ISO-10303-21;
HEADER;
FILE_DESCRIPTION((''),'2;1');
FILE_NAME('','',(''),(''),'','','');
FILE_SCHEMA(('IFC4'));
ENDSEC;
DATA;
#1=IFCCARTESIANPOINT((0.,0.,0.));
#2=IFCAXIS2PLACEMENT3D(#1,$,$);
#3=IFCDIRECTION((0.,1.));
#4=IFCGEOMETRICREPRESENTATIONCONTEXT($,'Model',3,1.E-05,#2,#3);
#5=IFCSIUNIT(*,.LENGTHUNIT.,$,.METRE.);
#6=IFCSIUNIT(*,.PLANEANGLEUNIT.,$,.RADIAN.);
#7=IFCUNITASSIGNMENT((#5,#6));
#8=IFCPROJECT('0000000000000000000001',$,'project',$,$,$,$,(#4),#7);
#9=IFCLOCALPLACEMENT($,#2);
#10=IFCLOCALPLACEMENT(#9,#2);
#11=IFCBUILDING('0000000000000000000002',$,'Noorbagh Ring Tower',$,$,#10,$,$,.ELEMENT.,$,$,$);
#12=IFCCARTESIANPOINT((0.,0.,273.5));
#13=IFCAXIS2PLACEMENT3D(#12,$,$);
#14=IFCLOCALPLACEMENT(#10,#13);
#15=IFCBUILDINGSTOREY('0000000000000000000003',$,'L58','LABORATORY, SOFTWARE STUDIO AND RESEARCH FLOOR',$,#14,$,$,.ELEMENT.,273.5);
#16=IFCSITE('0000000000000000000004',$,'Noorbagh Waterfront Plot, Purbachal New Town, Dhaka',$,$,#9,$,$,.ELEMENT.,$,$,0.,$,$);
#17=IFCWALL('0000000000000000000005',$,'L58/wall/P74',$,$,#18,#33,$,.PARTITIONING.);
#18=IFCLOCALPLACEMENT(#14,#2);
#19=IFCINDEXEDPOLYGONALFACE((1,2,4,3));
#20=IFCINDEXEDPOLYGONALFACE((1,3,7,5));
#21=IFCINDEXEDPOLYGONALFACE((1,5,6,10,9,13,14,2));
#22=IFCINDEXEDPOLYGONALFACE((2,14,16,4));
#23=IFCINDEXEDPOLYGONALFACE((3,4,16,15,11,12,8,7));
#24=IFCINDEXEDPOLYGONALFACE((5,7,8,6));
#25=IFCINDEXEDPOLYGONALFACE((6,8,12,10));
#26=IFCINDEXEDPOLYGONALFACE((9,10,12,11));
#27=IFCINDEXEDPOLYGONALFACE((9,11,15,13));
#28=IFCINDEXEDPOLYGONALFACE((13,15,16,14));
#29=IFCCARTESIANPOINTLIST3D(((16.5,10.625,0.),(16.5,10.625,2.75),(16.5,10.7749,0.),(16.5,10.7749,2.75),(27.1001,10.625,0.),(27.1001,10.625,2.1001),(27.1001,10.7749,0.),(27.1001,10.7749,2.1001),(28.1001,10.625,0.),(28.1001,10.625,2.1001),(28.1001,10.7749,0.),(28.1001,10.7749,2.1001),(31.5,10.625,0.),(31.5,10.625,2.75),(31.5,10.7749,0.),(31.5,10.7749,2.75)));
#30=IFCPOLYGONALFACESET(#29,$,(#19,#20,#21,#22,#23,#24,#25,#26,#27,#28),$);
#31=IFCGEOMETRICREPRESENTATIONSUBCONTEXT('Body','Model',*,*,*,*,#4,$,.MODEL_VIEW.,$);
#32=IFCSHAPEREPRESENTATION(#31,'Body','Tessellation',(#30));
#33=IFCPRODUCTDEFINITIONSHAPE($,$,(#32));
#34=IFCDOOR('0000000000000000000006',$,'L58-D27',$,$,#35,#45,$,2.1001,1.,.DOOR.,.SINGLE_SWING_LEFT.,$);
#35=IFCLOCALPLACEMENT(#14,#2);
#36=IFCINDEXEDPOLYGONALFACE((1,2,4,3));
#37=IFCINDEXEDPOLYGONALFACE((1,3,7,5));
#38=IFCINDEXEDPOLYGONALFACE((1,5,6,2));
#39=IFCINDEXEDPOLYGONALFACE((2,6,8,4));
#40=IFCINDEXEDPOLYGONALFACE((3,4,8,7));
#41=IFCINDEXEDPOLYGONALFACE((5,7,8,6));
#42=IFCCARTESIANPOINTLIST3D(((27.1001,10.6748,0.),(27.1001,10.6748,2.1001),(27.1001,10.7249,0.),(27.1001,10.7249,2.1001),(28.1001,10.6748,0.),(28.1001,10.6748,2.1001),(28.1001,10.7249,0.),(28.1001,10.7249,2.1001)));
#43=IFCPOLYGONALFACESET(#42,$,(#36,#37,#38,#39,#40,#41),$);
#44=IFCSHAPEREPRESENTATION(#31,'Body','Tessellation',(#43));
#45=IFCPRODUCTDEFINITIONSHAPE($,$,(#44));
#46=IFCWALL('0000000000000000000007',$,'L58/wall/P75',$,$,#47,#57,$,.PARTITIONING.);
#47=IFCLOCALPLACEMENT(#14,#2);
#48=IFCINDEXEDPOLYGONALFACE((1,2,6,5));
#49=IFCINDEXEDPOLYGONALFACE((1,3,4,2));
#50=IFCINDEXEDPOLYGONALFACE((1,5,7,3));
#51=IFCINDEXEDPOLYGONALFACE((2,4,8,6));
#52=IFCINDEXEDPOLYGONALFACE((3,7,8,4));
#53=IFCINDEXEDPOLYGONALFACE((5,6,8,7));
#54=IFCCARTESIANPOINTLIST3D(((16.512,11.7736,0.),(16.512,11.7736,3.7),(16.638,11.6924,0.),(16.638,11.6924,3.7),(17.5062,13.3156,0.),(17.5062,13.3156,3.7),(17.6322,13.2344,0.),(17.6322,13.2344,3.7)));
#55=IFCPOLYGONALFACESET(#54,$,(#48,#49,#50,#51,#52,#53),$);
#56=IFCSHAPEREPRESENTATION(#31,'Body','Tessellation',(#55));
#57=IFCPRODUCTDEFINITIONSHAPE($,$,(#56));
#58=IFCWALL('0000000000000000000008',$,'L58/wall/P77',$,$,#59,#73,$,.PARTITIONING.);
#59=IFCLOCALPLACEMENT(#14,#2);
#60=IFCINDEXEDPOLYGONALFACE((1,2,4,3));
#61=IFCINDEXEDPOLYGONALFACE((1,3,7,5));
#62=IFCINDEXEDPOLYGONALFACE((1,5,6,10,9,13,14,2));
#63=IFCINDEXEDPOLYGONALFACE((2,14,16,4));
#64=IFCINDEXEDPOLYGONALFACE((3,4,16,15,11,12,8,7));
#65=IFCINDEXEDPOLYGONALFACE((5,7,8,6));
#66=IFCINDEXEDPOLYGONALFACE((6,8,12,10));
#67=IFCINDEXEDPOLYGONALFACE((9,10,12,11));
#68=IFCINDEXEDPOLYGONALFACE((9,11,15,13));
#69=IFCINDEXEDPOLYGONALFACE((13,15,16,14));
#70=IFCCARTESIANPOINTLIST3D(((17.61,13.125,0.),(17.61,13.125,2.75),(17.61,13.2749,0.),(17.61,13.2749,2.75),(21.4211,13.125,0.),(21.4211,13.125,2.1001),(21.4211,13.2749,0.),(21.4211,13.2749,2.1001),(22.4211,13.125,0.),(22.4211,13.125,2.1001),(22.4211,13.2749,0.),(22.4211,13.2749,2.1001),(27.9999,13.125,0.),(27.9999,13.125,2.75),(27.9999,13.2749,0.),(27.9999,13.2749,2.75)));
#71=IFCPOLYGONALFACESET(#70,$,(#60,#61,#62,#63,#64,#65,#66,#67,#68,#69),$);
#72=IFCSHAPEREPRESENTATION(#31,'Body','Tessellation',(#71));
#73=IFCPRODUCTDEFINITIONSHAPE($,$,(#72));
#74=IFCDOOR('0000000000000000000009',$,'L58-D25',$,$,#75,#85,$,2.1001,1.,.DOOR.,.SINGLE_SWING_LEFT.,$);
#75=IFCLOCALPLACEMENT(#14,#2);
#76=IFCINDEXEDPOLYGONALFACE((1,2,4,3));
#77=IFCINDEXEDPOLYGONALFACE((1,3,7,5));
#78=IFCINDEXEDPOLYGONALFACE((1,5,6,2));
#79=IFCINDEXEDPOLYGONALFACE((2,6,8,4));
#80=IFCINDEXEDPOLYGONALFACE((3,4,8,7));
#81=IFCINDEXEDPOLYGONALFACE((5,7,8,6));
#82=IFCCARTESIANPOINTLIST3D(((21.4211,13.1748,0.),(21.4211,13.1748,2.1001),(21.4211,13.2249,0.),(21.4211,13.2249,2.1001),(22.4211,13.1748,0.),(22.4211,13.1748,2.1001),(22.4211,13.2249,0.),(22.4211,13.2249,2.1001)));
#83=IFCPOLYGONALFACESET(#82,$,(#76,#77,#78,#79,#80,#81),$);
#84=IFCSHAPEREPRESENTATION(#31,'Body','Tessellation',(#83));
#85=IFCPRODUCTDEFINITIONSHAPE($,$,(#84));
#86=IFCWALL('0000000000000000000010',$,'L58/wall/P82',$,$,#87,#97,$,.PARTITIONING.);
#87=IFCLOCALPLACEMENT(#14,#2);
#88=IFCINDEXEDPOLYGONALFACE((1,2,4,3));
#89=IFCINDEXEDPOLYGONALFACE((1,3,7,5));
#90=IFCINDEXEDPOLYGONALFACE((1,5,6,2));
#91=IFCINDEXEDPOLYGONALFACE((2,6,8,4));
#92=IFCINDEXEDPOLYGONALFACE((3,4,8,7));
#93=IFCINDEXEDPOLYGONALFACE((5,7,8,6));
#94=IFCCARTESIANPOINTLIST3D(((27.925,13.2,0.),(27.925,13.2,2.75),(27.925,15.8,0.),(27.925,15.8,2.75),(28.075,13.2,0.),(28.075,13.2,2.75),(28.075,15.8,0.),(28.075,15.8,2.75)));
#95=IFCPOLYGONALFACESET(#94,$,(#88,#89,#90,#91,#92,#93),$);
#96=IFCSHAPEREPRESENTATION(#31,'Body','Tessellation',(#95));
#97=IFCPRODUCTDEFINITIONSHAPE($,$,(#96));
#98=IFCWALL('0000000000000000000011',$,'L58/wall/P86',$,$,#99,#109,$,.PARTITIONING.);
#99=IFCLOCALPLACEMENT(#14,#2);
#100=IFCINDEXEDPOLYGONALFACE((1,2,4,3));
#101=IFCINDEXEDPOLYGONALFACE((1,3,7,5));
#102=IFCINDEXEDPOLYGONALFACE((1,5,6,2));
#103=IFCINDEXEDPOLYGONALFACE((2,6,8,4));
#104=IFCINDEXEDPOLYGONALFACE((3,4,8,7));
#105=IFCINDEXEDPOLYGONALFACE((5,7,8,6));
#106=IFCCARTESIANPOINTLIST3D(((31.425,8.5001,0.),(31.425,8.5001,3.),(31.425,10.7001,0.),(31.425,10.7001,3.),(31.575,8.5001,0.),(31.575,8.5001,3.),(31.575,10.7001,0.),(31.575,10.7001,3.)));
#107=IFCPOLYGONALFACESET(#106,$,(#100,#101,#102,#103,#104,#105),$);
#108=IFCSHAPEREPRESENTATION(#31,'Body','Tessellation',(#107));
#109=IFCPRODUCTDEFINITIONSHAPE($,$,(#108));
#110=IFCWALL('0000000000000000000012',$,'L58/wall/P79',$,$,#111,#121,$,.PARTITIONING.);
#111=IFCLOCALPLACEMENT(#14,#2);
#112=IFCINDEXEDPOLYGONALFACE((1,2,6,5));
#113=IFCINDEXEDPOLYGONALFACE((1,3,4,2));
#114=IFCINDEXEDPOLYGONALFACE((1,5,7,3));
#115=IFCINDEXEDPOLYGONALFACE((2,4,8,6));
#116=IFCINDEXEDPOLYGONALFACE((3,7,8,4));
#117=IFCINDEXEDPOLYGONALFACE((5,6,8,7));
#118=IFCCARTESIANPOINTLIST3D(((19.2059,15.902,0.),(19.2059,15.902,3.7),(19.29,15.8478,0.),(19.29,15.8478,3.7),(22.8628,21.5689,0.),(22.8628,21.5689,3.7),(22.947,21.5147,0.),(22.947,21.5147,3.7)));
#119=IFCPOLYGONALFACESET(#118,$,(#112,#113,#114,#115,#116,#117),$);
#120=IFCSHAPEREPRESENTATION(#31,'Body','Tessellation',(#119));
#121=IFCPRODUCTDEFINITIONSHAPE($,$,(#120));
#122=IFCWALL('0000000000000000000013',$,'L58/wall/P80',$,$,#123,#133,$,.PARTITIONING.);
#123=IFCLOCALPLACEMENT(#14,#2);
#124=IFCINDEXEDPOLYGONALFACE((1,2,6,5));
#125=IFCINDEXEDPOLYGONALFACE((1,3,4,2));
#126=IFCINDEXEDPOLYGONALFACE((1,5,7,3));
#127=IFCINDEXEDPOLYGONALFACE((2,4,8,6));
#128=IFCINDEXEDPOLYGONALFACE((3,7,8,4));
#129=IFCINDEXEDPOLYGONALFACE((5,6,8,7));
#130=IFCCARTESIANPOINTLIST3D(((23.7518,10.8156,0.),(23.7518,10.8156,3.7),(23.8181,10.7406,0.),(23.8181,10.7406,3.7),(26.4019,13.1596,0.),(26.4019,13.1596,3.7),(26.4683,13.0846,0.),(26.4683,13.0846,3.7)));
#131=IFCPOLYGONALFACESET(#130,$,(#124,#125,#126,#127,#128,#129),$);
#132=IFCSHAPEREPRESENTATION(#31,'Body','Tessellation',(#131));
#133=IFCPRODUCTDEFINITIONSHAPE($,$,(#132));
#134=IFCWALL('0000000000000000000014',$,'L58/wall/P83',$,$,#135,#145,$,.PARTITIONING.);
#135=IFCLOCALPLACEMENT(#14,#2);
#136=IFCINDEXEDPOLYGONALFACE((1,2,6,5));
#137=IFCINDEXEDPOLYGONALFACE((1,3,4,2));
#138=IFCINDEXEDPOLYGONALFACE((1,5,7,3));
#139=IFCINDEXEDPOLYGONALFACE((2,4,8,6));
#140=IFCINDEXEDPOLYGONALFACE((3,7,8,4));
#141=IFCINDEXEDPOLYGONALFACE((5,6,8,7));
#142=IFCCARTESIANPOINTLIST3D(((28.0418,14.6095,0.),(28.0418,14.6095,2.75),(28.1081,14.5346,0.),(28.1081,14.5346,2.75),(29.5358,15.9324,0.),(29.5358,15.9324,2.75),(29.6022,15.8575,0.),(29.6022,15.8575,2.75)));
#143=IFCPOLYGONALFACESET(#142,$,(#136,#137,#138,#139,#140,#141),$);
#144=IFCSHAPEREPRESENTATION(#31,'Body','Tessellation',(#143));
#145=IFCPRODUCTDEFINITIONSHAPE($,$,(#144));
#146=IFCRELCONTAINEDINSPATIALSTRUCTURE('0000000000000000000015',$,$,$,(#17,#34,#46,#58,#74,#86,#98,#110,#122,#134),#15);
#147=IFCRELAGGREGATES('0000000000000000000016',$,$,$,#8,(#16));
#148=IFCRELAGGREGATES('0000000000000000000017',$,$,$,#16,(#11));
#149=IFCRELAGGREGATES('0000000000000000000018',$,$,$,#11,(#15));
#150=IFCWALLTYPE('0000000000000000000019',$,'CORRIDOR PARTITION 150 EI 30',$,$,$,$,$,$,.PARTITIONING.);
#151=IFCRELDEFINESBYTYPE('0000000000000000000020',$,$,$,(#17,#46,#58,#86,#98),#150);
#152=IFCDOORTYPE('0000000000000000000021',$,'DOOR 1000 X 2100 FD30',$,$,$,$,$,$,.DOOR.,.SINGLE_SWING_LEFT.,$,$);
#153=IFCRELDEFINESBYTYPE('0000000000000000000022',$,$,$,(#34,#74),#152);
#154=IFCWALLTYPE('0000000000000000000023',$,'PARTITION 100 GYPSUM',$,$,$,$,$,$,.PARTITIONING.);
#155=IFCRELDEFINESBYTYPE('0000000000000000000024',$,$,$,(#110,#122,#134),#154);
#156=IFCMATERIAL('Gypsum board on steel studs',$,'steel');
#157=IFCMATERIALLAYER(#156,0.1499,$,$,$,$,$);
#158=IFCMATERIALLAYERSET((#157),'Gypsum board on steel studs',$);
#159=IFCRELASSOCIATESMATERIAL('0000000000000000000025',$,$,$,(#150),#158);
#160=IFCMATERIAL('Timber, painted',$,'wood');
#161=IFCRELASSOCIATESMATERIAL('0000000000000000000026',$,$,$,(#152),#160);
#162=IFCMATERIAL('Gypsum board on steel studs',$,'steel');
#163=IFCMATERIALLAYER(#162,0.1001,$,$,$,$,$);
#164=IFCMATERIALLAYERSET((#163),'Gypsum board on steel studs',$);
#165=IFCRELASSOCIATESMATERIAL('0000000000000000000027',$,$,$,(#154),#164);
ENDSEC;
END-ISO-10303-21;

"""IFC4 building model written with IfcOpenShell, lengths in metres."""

from ifc_helpers import new_model, si_unit, direction, frame, frame_2d, origin, place, context, subcontext, project, spatial, rectangle, extrude, material, layer, layer_set, type_object, element, fill, save


model = new_model("IFC4")

# Units and contexts
model_context = context("Model", 3, precision=1e-05, world=origin(), true_north=direction((0.0, 1.0)))
body_context = subcontext(model_context, "Body", "Model", "MODEL_VIEW")
ifc_project = project(units=[si_unit("LENGTHUNIT", "METRE"), si_unit("PLANEANGLEUNIT", "RADIAN")], contexts=[model_context])

# Site, building, storey
site_placement = place(None, origin())
site = spatial("IfcSite", under=ifc_project, at=site_placement, Name="Noorbagh Waterfront Plot, Purbachal New Town, Dhaka", CompositionType="ELEMENT", RefElevation=0.0)
building_placement = place(site_placement, origin())
building = spatial("IfcBuilding", under=site, at=building_placement, Name="Noorbagh Ring Tower", CompositionType="ELEMENT")
storey_placement = place(building_placement, frame((0.0, 0.0, 273.5)))
storey = spatial("IfcBuildingStorey", under=building, at=storey_placement, Name="L58", Description="LABORATORY, SOFTWARE STUDIO AND RESEARCH FLOOR", CompositionType="ELEMENT", Elevation=273.5)

# Wall, opening, door
ifc_material_1 = material(Name="Gypsum board on steel studs", Category="steel")
ifc_layer_1 = layer(ifc_material_1, 0.1499)
ifc_layer_set_1 = layer_set([ifc_layer_1], Name="Gypsum board on steel studs")
wall_type_1 = type_object("IfcWallType", Name="CORRIDOR PARTITION 150 EI 30", PredefinedType="PARTITIONING", material=ifc_layer_set_1)
wall_1_placement = place(storey_placement, frame((16.5, 10.7, 0.0), z_axis=(0.0, 0.0, 1.0), x_axis=(1.0, 0.0, 0.0)))
wall_1 = element("IfcWall", 1, at=wall_1_placement, inside=storey, type_object=wall_type_1, Name="L58/wall/P74", PredefinedType="PARTITIONING", context=body_context, shape_type="SweptSolid", body=[
    extrude(rectangle(XDim=15.0, YDim=0.1499, at=frame_2d((7.5, 0.0))), origin(), (0.0, 0.0, 1.0), 2.75),
])
opening_1_placement = place(wall_1_placement, frame((10.6001, 0.0, 0.0)))
opening_1 = element("IfcOpeningElement", 2, at=opening_1_placement, cuts=wall_1, PredefinedType="OPENING", context=body_context, shape_type="SweptSolid", body=[
    extrude(rectangle(XDim=1.0, YDim=2.1001, at=frame_2d((0.5, 1.05))), frame((0.0, 0.085, 0.0), z_axis=(0.0, -1.0, 0.0), x_axis=(1.0, 0.0, 0.0)), (0.0, 0.0, 1.0), 0.1699),
])
ifc_material_2 = material(Name="Timber, painted", Category="wood")
door_type = type_object("IfcDoorType", Name="DOOR 1000 X 2100 FD30", OperationType="SINGLE_SWING_LEFT", PredefinedType="DOOR", material=ifc_material_2)
door_1_placement = place(opening_1_placement, origin())
door_1 = element("IfcDoor", 3, at=door_1_placement, inside=storey, type_object=door_type, Name="L58-D27", OperationType="SINGLE_SWING_LEFT", OverallHeight=2.1001, OverallWidth=1.0, PredefinedType="DOOR", context=body_context, shape_type="SweptSolid", body=[
    extrude(rectangle(XDim=1.0, YDim=2.1001, at=frame_2d((0.5, 1.05))), frame((0.0, 0.0249, 0.0), z_axis=(0.0, -1.0, 0.0), x_axis=(1.0, 0.0, 0.0)), (0.0, 0.0, 1.0), 0.05),
])
fill(opening_1, door_1)

# Wall
wall_2_placement = place(storey_placement, frame((16.575, 11.7329, 0.0), z_axis=(0.0, 0.0, 1.0), x_axis=(0.54186, 0.840469, 0.0)))
element("IfcWall", 4, at=wall_2_placement, inside=storey, type_object=wall_type_1, Name="L58/wall/P75", PredefinedType="PARTITIONING", context=body_context, shape_type="SweptSolid", body=[
    extrude(rectangle(XDim=1.8347, YDim=0.1499, at=frame_2d((0.9175, 0.0))), origin(), (0.0, 0.0, 1.0), 3.7),
])

# Wall, opening, door
wall_3_placement = place(storey_placement, frame((17.6101, 13.2, 0.0), z_axis=(0.0, 0.0, 1.0), x_axis=(1.0, 0.0, 0.0)))
wall_3 = element("IfcWall", 5, at=wall_3_placement, inside=storey, type_object=wall_type_1, Name="L58/wall/P77", PredefinedType="PARTITIONING", context=body_context, shape_type="SweptSolid", body=[
    extrude(rectangle(XDim=10.3899, YDim=0.1499, at=frame_2d((5.1948, 0.0))), origin(), (0.0, 0.0, 1.0), 2.75),
])
opening_2_placement = place(wall_3_placement, frame((3.811, 0.0, 0.0)))
opening_2 = element("IfcOpeningElement", 6, at=opening_2_placement, cuts=wall_3, PredefinedType="OPENING", context=body_context, shape_type="SweptSolid", body=[
    extrude(rectangle(XDim=1.0, YDim=2.1001, at=frame_2d((0.5, 1.05))), frame((0.0, 0.085, 0.0), z_axis=(0.0, -1.0, 0.0), x_axis=(1.0, 0.0, 0.0)), (0.0, 0.0, 1.0), 0.1699),
])
door_2_placement = place(opening_2_placement, origin())
door_2 = element("IfcDoor", 7, at=door_2_placement, inside=storey, type_object=door_type, Name="L58-D25", OperationType="SINGLE_SWING_LEFT", OverallHeight=2.1001, OverallWidth=1.0, PredefinedType="DOOR", context=body_context, shape_type="SweptSolid", body=[
    extrude(rectangle(XDim=1.0, YDim=2.1001, at=frame_2d((0.5, 1.05))), frame((0.0, 0.0249, 0.0), z_axis=(0.0, -1.0, 0.0), x_axis=(1.0, 0.0, 0.0)), (0.0, 0.0, 1.0), 0.05),
])
fill(opening_2, door_2)

# Walls
wall_4_placement = place(storey_placement, frame((28.0, 13.2, 0.0), z_axis=(0.0, 0.0, 1.0), x_axis=(0.0, 1.0, 0.0)))
element("IfcWall", 8, at=wall_4_placement, inside=storey, type_object=wall_type_1, Name="L58/wall/P82", PredefinedType="PARTITIONING", context=body_context, shape_type="SweptSolid", body=[
    extrude(rectangle(XDim=2.6001, YDim=0.1499, at=frame_2d((1.3, 0.0))), origin(), (0.0, 0.0, 1.0), 2.75),
])
wall_5_placement = place(storey_placement, frame((31.5, 8.5, 0.0), z_axis=(0.0, 0.0, 1.0), x_axis=(0.0, 1.0, 0.0)))
element("IfcWall", 9, at=wall_5_placement, inside=storey, type_object=wall_type_1, Name="L58/wall/P86", PredefinedType="PARTITIONING", context=body_context, shape_type="SweptSolid", body=[
    extrude(rectangle(XDim=2.2, YDim=0.1499, at=frame_2d((1.1001, 0.0))), origin(), (0.0, 0.0, 1.0), 3.0),
])
ifc_material_3 = material(Name="Gypsum board on steel studs", Category="steel")
ifc_layer_2 = layer(ifc_material_3, 0.1001)
ifc_layer_set_2 = layer_set([ifc_layer_2], Name="Gypsum board on steel studs")
wall_type_2 = type_object("IfcWallType", Name="PARTITION 100 GYPSUM", PredefinedType="PARTITIONING", material=ifc_layer_set_2)
wall_6_placement = place(storey_placement, frame((19.248, 15.875, 0.0), z_axis=(0.0, 0.0, 1.0), x_axis=(0.542217, 0.840239, 0.0)))
element("IfcWall", 10, at=wall_6_placement, inside=storey, type_object=wall_type_2, Name="L58/wall/P79", PredefinedType="PARTITIONING", context=body_context, shape_type="SweptSolid", body=[
    extrude(rectangle(XDim=6.7444, YDim=0.1001, at=frame_2d((3.3721, 0.0))), origin(), (0.0, 0.0, 1.0), 3.7),
])
wall_7_placement = place(storey_placement, frame((23.7849, 10.7781, 0.0), z_axis=(0.0, 0.0, 1.0), x_axis=(0.749048, 0.662516, 0.0)))
element("IfcWall", 11, at=wall_7_placement, inside=storey, type_object=wall_type_2, Name="L58/wall/P80", PredefinedType="PARTITIONING", context=body_context, shape_type="SweptSolid", body=[
    extrude(rectangle(XDim=3.5381, YDim=0.1001, at=frame_2d((1.769, 0.0))), origin(), (0.0, 0.0, 1.0), 3.7),
])
wall_8_placement = place(storey_placement, frame((28.075, 14.572, 0.0), z_axis=(0.0, 0.0, 1.0), x_axis=(0.748684, 0.662928, 0.0)))
element("IfcWall", 12, at=wall_8_placement, inside=storey, type_object=wall_type_2, Name="L58/wall/P83", PredefinedType="PARTITIONING", context=body_context, shape_type="SweptSolid", body=[
    extrude(rectangle(XDim=1.9956, YDim=0.1001, at=frame_2d((0.9978, 0.0))), origin(), (0.0, 0.0, 1.0), 2.75),
])

save(model, "model.ifc")
